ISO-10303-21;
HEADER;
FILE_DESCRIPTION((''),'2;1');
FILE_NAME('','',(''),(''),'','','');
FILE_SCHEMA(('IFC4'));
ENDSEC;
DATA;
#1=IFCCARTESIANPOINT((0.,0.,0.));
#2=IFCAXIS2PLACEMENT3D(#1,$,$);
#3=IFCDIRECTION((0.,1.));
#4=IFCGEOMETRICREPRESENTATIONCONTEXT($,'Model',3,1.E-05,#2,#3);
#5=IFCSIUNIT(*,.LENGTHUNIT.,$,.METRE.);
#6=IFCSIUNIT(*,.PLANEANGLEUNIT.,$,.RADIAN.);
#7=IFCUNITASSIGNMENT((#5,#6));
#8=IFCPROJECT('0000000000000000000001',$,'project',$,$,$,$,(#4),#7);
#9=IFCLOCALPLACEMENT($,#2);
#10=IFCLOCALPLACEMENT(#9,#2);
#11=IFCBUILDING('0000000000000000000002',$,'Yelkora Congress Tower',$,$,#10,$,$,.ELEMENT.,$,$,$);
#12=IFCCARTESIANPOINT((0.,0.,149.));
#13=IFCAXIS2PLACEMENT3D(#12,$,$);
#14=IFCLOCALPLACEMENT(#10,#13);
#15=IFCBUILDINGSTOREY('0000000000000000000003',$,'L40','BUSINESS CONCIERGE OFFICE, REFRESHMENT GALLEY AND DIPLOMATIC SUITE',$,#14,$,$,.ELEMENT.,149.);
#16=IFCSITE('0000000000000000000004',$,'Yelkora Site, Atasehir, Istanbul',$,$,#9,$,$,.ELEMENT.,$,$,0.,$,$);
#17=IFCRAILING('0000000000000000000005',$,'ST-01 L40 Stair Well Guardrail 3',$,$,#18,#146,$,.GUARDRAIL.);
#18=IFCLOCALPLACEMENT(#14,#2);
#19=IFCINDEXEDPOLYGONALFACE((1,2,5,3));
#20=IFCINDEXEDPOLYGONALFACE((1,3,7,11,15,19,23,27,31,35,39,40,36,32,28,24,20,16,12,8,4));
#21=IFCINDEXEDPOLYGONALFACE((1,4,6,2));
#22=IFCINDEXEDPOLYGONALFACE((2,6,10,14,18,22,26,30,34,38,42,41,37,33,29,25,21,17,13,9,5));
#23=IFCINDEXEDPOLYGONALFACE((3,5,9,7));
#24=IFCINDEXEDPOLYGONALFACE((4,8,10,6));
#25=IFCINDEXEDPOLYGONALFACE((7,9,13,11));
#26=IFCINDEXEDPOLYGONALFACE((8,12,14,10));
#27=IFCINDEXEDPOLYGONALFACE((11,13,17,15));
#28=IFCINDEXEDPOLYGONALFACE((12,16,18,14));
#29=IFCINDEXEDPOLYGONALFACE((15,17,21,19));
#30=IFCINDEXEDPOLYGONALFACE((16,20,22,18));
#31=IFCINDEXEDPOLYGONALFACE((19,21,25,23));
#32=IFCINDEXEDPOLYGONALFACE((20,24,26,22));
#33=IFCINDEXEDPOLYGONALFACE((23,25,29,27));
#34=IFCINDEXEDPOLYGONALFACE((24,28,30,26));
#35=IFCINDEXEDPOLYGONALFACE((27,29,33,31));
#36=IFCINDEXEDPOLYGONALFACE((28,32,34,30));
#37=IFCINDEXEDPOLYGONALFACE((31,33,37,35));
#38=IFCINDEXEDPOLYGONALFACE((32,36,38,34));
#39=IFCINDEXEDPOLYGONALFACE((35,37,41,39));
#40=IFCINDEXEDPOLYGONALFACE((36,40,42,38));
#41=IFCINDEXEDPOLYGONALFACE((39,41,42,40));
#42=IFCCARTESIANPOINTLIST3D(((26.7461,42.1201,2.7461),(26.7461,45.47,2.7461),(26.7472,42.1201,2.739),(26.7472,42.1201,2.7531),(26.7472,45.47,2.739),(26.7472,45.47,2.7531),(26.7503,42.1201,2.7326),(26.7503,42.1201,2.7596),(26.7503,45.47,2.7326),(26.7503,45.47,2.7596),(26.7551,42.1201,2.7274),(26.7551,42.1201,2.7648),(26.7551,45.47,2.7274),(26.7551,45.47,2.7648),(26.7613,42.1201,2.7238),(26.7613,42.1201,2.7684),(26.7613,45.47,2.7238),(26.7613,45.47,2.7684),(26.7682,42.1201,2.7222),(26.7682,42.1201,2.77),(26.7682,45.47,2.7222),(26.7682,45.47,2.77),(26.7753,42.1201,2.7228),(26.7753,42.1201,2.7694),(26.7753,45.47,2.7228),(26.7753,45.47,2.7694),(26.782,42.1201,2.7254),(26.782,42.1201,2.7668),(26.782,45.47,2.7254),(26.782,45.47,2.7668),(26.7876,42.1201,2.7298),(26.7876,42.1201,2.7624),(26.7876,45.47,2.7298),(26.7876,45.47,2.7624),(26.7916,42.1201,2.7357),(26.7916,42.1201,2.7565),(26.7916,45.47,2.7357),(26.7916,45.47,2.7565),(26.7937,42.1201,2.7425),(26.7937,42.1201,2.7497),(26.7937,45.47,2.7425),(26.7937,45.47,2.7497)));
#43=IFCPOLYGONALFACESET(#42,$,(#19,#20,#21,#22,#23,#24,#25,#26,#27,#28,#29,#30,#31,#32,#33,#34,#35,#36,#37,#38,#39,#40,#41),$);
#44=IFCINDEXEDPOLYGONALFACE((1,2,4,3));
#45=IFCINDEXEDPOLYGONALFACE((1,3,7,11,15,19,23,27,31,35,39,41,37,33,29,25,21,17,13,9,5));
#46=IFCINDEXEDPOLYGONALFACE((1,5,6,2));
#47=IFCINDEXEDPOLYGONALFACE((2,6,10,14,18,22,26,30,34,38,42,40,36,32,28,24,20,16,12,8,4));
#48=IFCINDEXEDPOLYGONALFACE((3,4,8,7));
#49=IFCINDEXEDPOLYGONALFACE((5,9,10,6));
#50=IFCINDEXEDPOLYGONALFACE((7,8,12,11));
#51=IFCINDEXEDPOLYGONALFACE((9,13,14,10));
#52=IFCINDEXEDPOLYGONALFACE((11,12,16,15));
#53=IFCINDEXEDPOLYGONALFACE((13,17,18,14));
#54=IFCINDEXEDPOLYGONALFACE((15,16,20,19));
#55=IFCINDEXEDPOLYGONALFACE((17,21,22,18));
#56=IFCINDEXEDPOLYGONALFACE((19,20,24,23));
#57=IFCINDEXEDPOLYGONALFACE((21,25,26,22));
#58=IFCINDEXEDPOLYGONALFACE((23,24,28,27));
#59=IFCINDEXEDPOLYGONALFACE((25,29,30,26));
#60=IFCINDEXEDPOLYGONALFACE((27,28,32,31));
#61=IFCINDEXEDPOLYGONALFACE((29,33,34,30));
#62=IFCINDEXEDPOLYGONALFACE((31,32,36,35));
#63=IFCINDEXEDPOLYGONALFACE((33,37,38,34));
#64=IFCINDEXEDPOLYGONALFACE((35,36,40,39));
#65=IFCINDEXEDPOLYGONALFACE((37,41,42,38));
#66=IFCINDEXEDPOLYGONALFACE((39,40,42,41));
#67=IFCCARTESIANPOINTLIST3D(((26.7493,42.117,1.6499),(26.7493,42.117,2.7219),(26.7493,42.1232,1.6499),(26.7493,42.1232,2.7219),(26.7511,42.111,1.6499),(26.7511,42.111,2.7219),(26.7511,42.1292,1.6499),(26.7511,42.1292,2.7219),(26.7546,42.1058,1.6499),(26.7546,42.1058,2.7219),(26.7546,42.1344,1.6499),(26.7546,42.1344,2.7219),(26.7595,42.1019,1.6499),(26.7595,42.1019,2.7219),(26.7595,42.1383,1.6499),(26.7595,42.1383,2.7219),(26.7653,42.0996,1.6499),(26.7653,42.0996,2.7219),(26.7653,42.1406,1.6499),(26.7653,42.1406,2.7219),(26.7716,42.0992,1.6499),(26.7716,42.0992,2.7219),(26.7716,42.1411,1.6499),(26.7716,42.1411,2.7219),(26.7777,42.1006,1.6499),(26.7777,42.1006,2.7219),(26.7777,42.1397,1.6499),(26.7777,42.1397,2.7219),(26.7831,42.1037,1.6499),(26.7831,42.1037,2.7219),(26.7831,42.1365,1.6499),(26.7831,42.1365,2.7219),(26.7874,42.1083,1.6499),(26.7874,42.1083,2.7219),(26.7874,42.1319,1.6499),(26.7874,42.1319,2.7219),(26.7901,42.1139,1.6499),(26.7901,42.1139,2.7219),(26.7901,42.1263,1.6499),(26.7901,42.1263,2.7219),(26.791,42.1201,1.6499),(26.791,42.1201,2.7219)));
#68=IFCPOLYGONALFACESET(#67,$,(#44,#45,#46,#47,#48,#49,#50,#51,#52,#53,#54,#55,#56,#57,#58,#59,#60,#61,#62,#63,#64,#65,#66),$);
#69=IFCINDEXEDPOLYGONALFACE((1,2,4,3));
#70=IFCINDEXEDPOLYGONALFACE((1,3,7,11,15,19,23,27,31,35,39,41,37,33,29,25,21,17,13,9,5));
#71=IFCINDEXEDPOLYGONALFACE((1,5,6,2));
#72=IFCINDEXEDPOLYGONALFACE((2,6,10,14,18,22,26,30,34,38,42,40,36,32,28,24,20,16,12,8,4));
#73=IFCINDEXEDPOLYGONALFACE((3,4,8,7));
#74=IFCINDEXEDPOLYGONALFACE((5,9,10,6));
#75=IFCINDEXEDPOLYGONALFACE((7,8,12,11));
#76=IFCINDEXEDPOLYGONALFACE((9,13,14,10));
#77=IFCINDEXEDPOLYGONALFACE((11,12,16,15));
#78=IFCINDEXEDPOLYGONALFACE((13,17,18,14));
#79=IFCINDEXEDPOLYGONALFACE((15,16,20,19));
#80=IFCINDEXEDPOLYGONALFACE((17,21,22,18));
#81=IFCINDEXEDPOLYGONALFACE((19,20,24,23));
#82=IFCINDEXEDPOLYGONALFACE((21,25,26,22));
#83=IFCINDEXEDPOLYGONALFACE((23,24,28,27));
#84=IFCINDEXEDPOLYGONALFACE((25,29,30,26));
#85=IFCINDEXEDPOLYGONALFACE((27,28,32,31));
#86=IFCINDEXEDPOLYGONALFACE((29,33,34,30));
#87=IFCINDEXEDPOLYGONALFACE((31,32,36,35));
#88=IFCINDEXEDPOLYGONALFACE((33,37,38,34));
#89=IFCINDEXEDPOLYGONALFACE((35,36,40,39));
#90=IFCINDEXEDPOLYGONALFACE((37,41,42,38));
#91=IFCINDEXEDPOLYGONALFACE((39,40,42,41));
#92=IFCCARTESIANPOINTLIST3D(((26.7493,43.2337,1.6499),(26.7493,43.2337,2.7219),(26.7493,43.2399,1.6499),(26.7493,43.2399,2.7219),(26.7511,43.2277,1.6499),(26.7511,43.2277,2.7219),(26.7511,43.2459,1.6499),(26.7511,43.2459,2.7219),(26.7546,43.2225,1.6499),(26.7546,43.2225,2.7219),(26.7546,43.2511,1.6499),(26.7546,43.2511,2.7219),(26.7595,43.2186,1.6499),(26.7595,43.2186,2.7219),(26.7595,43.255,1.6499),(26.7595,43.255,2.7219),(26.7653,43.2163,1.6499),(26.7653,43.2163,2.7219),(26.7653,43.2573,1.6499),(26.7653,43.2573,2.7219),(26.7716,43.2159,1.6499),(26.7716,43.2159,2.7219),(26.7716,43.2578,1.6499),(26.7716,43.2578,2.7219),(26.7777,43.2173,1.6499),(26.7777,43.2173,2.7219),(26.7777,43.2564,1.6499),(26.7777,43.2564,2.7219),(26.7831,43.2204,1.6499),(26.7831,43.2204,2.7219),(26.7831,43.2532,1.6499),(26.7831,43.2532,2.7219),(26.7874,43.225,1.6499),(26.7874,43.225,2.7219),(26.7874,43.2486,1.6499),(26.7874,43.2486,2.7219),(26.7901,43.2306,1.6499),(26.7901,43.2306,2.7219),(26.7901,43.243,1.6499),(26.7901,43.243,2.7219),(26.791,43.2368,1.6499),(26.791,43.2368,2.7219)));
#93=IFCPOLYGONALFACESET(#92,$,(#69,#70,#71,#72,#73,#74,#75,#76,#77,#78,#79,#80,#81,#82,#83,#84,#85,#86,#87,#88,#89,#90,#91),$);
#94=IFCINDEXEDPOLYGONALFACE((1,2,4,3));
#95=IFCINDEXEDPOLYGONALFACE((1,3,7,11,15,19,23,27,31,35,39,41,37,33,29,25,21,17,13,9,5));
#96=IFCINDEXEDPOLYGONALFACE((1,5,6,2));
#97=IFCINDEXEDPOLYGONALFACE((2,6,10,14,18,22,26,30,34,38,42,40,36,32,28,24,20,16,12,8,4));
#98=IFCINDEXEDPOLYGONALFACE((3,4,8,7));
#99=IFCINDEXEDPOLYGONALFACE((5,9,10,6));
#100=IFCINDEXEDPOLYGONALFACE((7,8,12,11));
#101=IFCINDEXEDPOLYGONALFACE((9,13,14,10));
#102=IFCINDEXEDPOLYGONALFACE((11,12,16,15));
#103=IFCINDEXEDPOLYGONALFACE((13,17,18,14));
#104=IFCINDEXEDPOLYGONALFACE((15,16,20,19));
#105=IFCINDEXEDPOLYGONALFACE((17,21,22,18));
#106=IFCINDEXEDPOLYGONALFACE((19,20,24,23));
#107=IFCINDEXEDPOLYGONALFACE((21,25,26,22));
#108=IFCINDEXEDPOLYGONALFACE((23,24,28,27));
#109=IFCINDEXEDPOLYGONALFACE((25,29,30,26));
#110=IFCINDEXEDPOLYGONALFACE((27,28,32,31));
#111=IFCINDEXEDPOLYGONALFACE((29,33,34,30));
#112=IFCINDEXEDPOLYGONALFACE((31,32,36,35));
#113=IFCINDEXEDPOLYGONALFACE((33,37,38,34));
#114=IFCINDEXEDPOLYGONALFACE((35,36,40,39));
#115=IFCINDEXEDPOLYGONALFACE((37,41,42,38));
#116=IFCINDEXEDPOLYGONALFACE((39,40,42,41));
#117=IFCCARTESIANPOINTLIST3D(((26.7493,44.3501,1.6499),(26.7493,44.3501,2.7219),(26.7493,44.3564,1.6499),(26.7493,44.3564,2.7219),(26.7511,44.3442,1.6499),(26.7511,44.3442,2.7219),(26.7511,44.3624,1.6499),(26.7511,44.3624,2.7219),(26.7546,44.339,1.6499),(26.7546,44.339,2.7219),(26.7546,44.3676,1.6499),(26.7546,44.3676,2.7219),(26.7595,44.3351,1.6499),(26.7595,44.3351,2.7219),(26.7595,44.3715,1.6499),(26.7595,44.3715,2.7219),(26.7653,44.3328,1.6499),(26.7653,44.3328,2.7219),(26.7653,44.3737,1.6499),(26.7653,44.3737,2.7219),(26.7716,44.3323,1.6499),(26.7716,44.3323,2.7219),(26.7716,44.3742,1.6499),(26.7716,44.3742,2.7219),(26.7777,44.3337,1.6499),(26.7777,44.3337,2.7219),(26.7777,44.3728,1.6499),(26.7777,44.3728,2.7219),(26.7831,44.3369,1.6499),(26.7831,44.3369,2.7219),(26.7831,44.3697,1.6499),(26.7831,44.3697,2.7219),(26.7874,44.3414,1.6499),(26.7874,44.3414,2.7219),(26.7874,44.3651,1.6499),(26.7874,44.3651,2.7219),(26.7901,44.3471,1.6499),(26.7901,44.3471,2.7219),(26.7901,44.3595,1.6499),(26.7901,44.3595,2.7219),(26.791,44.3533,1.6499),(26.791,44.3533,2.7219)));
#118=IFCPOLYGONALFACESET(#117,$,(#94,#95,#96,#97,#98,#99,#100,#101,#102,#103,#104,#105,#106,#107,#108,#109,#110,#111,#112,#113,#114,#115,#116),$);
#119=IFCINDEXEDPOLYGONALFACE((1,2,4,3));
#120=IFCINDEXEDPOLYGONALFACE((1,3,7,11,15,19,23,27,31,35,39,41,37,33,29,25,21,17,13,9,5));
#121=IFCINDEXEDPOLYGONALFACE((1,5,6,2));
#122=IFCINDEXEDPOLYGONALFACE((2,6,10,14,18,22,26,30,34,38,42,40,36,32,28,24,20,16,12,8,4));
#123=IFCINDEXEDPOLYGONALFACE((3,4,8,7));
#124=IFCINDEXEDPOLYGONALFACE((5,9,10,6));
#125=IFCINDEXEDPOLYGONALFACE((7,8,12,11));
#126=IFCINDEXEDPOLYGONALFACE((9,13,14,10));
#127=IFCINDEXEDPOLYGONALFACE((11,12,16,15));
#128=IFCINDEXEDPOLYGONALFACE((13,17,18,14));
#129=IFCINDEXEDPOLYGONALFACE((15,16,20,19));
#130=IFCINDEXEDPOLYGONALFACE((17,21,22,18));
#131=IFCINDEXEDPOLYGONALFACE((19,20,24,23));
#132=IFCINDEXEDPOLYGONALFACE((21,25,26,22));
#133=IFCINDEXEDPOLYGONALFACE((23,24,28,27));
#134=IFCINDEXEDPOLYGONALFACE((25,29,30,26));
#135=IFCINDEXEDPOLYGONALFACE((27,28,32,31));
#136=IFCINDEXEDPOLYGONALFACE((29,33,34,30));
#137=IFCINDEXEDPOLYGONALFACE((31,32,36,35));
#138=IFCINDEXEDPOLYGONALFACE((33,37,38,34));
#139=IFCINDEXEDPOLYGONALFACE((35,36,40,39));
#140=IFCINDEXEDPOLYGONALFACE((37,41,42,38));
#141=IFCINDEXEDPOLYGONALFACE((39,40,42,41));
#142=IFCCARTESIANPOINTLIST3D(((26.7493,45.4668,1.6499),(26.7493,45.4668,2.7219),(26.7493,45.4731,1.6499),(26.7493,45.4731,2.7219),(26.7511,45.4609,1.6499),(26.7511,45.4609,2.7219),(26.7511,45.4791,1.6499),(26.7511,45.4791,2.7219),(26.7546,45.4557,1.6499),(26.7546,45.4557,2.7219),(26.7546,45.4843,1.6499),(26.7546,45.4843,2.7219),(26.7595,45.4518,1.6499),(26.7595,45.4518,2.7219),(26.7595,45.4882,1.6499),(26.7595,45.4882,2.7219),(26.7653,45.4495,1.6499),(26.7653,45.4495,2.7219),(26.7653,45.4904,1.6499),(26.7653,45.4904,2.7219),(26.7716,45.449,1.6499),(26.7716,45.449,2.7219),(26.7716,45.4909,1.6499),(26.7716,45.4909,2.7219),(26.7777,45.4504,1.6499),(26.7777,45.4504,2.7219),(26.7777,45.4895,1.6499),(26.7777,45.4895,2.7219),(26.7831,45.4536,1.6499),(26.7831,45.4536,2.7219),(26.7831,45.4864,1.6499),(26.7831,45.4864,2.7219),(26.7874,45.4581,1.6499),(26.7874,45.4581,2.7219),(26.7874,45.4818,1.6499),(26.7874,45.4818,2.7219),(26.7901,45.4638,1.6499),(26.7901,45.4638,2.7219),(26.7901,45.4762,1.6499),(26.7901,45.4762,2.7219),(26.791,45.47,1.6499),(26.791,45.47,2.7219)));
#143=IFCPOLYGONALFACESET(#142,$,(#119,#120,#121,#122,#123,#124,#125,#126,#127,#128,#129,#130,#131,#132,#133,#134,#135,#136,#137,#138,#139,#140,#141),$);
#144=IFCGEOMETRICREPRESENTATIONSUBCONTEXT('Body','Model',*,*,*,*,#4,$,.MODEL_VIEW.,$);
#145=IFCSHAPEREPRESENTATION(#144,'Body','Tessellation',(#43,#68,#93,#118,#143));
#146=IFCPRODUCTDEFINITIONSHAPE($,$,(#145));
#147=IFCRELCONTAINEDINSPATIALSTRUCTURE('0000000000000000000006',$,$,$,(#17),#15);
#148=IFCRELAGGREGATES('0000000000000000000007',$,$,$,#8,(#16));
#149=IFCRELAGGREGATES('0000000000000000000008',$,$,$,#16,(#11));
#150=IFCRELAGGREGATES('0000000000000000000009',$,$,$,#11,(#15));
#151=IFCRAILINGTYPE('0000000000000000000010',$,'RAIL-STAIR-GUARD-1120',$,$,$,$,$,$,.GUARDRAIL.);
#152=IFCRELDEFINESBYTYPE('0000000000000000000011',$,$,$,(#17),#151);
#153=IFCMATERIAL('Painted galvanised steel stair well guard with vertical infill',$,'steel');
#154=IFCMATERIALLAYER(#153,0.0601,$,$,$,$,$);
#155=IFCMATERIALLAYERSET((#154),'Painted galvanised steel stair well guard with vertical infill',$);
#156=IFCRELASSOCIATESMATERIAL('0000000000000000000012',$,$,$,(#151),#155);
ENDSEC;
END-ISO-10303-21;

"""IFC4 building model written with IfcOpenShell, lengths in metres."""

from ifc_helpers import new_model, si_unit, direction, frame, origin, origin_2d, place, context, subcontext, project, spatial, circle, extrude, material, layer, layer_set, type_object, element, save


model = new_model("IFC4")

# Units and contexts
model_context = context("Model", 3, precision=1e-05, world=origin(), true_north=direction((0.0, 1.0)))
body_context = subcontext(model_context, "Body", "Model", "MODEL_VIEW")
ifc_project = project(units=[si_unit("LENGTHUNIT", "METRE"), si_unit("PLANEANGLEUNIT", "RADIAN")], contexts=[model_context])

# Site, building, storey
site_placement = place(None, origin())
site = spatial("IfcSite", under=ifc_project, at=site_placement, Name="Yelkora Site, Atasehir, Istanbul", CompositionType="ELEMENT", RefElevation=0.0)
building_placement = place(site_placement, origin())
building = spatial("IfcBuilding", under=site, at=building_placement, Name="Yelkora Congress Tower", CompositionType="ELEMENT")
storey_placement = place(building_placement, frame((0.0, 0.0, 149.0)))
storey = spatial("IfcBuildingStorey", under=building, at=storey_placement, Name="L40", Description="BUSINESS CONCIERGE OFFICE, REFRESHMENT GALLEY AND DIPLOMATIC SUITE", CompositionType="ELEMENT", Elevation=149.0)

# Railing
ifc_material_1 = material(Name="Painted galvanised steel stair well guard with vertical infill", Category="steel")
ifc_layer_1 = layer(ifc_material_1, 0.0601)
ifc_layer_set_1 = layer_set([ifc_layer_1], Name="Painted galvanised steel stair well guard with vertical infill")
railing_type = type_object("IfcRailingType", Name="RAIL-STAIR-GUARD-1120", PredefinedType="GUARDRAIL", material=ifc_layer_set_1)
for number, where, name in (
    (1, (26.77, 42.1201, 1.6499), "ST-01 L40 Stair Well Guardrail 3"),
):
    element("IfcRailing", number, at=place(storey_placement, frame(where)), inside=storey, type_object=railing_type, Name=name, PredefinedType="GUARDRAIL", context=body_context, shape_type="SweptSolid", body=[
        extrude(circle(Radius=0.0239, at=origin_2d()), frame((0.0, 0.0, 1.0962), z_axis=(0.0, 1.0, 0.0), x_axis=(-1.0, 0.0, 0.0)), (0.0, 0.0, 1.0), 3.3499),
        extrude(circle(Radius=0.021, at=origin_2d()), origin(), (0.0, 0.0, 1.0), 1.072),
        extrude(circle(Radius=0.021, at=origin_2d()), frame((0.0, 1.1167, 0.0)), (0.0, 0.0, 1.0), 1.072),
        extrude(circle(Radius=0.021, at=origin_2d()), frame((0.0, 2.2332, 0.0)), (0.0, 0.0, 1.0), 1.072),
        extrude(circle(Radius=0.021, at=origin_2d()), frame((0.0, 3.3499, 0.0)), (0.0, 0.0, 1.0), 1.072),
    ])

save(model, "model.ifc")
